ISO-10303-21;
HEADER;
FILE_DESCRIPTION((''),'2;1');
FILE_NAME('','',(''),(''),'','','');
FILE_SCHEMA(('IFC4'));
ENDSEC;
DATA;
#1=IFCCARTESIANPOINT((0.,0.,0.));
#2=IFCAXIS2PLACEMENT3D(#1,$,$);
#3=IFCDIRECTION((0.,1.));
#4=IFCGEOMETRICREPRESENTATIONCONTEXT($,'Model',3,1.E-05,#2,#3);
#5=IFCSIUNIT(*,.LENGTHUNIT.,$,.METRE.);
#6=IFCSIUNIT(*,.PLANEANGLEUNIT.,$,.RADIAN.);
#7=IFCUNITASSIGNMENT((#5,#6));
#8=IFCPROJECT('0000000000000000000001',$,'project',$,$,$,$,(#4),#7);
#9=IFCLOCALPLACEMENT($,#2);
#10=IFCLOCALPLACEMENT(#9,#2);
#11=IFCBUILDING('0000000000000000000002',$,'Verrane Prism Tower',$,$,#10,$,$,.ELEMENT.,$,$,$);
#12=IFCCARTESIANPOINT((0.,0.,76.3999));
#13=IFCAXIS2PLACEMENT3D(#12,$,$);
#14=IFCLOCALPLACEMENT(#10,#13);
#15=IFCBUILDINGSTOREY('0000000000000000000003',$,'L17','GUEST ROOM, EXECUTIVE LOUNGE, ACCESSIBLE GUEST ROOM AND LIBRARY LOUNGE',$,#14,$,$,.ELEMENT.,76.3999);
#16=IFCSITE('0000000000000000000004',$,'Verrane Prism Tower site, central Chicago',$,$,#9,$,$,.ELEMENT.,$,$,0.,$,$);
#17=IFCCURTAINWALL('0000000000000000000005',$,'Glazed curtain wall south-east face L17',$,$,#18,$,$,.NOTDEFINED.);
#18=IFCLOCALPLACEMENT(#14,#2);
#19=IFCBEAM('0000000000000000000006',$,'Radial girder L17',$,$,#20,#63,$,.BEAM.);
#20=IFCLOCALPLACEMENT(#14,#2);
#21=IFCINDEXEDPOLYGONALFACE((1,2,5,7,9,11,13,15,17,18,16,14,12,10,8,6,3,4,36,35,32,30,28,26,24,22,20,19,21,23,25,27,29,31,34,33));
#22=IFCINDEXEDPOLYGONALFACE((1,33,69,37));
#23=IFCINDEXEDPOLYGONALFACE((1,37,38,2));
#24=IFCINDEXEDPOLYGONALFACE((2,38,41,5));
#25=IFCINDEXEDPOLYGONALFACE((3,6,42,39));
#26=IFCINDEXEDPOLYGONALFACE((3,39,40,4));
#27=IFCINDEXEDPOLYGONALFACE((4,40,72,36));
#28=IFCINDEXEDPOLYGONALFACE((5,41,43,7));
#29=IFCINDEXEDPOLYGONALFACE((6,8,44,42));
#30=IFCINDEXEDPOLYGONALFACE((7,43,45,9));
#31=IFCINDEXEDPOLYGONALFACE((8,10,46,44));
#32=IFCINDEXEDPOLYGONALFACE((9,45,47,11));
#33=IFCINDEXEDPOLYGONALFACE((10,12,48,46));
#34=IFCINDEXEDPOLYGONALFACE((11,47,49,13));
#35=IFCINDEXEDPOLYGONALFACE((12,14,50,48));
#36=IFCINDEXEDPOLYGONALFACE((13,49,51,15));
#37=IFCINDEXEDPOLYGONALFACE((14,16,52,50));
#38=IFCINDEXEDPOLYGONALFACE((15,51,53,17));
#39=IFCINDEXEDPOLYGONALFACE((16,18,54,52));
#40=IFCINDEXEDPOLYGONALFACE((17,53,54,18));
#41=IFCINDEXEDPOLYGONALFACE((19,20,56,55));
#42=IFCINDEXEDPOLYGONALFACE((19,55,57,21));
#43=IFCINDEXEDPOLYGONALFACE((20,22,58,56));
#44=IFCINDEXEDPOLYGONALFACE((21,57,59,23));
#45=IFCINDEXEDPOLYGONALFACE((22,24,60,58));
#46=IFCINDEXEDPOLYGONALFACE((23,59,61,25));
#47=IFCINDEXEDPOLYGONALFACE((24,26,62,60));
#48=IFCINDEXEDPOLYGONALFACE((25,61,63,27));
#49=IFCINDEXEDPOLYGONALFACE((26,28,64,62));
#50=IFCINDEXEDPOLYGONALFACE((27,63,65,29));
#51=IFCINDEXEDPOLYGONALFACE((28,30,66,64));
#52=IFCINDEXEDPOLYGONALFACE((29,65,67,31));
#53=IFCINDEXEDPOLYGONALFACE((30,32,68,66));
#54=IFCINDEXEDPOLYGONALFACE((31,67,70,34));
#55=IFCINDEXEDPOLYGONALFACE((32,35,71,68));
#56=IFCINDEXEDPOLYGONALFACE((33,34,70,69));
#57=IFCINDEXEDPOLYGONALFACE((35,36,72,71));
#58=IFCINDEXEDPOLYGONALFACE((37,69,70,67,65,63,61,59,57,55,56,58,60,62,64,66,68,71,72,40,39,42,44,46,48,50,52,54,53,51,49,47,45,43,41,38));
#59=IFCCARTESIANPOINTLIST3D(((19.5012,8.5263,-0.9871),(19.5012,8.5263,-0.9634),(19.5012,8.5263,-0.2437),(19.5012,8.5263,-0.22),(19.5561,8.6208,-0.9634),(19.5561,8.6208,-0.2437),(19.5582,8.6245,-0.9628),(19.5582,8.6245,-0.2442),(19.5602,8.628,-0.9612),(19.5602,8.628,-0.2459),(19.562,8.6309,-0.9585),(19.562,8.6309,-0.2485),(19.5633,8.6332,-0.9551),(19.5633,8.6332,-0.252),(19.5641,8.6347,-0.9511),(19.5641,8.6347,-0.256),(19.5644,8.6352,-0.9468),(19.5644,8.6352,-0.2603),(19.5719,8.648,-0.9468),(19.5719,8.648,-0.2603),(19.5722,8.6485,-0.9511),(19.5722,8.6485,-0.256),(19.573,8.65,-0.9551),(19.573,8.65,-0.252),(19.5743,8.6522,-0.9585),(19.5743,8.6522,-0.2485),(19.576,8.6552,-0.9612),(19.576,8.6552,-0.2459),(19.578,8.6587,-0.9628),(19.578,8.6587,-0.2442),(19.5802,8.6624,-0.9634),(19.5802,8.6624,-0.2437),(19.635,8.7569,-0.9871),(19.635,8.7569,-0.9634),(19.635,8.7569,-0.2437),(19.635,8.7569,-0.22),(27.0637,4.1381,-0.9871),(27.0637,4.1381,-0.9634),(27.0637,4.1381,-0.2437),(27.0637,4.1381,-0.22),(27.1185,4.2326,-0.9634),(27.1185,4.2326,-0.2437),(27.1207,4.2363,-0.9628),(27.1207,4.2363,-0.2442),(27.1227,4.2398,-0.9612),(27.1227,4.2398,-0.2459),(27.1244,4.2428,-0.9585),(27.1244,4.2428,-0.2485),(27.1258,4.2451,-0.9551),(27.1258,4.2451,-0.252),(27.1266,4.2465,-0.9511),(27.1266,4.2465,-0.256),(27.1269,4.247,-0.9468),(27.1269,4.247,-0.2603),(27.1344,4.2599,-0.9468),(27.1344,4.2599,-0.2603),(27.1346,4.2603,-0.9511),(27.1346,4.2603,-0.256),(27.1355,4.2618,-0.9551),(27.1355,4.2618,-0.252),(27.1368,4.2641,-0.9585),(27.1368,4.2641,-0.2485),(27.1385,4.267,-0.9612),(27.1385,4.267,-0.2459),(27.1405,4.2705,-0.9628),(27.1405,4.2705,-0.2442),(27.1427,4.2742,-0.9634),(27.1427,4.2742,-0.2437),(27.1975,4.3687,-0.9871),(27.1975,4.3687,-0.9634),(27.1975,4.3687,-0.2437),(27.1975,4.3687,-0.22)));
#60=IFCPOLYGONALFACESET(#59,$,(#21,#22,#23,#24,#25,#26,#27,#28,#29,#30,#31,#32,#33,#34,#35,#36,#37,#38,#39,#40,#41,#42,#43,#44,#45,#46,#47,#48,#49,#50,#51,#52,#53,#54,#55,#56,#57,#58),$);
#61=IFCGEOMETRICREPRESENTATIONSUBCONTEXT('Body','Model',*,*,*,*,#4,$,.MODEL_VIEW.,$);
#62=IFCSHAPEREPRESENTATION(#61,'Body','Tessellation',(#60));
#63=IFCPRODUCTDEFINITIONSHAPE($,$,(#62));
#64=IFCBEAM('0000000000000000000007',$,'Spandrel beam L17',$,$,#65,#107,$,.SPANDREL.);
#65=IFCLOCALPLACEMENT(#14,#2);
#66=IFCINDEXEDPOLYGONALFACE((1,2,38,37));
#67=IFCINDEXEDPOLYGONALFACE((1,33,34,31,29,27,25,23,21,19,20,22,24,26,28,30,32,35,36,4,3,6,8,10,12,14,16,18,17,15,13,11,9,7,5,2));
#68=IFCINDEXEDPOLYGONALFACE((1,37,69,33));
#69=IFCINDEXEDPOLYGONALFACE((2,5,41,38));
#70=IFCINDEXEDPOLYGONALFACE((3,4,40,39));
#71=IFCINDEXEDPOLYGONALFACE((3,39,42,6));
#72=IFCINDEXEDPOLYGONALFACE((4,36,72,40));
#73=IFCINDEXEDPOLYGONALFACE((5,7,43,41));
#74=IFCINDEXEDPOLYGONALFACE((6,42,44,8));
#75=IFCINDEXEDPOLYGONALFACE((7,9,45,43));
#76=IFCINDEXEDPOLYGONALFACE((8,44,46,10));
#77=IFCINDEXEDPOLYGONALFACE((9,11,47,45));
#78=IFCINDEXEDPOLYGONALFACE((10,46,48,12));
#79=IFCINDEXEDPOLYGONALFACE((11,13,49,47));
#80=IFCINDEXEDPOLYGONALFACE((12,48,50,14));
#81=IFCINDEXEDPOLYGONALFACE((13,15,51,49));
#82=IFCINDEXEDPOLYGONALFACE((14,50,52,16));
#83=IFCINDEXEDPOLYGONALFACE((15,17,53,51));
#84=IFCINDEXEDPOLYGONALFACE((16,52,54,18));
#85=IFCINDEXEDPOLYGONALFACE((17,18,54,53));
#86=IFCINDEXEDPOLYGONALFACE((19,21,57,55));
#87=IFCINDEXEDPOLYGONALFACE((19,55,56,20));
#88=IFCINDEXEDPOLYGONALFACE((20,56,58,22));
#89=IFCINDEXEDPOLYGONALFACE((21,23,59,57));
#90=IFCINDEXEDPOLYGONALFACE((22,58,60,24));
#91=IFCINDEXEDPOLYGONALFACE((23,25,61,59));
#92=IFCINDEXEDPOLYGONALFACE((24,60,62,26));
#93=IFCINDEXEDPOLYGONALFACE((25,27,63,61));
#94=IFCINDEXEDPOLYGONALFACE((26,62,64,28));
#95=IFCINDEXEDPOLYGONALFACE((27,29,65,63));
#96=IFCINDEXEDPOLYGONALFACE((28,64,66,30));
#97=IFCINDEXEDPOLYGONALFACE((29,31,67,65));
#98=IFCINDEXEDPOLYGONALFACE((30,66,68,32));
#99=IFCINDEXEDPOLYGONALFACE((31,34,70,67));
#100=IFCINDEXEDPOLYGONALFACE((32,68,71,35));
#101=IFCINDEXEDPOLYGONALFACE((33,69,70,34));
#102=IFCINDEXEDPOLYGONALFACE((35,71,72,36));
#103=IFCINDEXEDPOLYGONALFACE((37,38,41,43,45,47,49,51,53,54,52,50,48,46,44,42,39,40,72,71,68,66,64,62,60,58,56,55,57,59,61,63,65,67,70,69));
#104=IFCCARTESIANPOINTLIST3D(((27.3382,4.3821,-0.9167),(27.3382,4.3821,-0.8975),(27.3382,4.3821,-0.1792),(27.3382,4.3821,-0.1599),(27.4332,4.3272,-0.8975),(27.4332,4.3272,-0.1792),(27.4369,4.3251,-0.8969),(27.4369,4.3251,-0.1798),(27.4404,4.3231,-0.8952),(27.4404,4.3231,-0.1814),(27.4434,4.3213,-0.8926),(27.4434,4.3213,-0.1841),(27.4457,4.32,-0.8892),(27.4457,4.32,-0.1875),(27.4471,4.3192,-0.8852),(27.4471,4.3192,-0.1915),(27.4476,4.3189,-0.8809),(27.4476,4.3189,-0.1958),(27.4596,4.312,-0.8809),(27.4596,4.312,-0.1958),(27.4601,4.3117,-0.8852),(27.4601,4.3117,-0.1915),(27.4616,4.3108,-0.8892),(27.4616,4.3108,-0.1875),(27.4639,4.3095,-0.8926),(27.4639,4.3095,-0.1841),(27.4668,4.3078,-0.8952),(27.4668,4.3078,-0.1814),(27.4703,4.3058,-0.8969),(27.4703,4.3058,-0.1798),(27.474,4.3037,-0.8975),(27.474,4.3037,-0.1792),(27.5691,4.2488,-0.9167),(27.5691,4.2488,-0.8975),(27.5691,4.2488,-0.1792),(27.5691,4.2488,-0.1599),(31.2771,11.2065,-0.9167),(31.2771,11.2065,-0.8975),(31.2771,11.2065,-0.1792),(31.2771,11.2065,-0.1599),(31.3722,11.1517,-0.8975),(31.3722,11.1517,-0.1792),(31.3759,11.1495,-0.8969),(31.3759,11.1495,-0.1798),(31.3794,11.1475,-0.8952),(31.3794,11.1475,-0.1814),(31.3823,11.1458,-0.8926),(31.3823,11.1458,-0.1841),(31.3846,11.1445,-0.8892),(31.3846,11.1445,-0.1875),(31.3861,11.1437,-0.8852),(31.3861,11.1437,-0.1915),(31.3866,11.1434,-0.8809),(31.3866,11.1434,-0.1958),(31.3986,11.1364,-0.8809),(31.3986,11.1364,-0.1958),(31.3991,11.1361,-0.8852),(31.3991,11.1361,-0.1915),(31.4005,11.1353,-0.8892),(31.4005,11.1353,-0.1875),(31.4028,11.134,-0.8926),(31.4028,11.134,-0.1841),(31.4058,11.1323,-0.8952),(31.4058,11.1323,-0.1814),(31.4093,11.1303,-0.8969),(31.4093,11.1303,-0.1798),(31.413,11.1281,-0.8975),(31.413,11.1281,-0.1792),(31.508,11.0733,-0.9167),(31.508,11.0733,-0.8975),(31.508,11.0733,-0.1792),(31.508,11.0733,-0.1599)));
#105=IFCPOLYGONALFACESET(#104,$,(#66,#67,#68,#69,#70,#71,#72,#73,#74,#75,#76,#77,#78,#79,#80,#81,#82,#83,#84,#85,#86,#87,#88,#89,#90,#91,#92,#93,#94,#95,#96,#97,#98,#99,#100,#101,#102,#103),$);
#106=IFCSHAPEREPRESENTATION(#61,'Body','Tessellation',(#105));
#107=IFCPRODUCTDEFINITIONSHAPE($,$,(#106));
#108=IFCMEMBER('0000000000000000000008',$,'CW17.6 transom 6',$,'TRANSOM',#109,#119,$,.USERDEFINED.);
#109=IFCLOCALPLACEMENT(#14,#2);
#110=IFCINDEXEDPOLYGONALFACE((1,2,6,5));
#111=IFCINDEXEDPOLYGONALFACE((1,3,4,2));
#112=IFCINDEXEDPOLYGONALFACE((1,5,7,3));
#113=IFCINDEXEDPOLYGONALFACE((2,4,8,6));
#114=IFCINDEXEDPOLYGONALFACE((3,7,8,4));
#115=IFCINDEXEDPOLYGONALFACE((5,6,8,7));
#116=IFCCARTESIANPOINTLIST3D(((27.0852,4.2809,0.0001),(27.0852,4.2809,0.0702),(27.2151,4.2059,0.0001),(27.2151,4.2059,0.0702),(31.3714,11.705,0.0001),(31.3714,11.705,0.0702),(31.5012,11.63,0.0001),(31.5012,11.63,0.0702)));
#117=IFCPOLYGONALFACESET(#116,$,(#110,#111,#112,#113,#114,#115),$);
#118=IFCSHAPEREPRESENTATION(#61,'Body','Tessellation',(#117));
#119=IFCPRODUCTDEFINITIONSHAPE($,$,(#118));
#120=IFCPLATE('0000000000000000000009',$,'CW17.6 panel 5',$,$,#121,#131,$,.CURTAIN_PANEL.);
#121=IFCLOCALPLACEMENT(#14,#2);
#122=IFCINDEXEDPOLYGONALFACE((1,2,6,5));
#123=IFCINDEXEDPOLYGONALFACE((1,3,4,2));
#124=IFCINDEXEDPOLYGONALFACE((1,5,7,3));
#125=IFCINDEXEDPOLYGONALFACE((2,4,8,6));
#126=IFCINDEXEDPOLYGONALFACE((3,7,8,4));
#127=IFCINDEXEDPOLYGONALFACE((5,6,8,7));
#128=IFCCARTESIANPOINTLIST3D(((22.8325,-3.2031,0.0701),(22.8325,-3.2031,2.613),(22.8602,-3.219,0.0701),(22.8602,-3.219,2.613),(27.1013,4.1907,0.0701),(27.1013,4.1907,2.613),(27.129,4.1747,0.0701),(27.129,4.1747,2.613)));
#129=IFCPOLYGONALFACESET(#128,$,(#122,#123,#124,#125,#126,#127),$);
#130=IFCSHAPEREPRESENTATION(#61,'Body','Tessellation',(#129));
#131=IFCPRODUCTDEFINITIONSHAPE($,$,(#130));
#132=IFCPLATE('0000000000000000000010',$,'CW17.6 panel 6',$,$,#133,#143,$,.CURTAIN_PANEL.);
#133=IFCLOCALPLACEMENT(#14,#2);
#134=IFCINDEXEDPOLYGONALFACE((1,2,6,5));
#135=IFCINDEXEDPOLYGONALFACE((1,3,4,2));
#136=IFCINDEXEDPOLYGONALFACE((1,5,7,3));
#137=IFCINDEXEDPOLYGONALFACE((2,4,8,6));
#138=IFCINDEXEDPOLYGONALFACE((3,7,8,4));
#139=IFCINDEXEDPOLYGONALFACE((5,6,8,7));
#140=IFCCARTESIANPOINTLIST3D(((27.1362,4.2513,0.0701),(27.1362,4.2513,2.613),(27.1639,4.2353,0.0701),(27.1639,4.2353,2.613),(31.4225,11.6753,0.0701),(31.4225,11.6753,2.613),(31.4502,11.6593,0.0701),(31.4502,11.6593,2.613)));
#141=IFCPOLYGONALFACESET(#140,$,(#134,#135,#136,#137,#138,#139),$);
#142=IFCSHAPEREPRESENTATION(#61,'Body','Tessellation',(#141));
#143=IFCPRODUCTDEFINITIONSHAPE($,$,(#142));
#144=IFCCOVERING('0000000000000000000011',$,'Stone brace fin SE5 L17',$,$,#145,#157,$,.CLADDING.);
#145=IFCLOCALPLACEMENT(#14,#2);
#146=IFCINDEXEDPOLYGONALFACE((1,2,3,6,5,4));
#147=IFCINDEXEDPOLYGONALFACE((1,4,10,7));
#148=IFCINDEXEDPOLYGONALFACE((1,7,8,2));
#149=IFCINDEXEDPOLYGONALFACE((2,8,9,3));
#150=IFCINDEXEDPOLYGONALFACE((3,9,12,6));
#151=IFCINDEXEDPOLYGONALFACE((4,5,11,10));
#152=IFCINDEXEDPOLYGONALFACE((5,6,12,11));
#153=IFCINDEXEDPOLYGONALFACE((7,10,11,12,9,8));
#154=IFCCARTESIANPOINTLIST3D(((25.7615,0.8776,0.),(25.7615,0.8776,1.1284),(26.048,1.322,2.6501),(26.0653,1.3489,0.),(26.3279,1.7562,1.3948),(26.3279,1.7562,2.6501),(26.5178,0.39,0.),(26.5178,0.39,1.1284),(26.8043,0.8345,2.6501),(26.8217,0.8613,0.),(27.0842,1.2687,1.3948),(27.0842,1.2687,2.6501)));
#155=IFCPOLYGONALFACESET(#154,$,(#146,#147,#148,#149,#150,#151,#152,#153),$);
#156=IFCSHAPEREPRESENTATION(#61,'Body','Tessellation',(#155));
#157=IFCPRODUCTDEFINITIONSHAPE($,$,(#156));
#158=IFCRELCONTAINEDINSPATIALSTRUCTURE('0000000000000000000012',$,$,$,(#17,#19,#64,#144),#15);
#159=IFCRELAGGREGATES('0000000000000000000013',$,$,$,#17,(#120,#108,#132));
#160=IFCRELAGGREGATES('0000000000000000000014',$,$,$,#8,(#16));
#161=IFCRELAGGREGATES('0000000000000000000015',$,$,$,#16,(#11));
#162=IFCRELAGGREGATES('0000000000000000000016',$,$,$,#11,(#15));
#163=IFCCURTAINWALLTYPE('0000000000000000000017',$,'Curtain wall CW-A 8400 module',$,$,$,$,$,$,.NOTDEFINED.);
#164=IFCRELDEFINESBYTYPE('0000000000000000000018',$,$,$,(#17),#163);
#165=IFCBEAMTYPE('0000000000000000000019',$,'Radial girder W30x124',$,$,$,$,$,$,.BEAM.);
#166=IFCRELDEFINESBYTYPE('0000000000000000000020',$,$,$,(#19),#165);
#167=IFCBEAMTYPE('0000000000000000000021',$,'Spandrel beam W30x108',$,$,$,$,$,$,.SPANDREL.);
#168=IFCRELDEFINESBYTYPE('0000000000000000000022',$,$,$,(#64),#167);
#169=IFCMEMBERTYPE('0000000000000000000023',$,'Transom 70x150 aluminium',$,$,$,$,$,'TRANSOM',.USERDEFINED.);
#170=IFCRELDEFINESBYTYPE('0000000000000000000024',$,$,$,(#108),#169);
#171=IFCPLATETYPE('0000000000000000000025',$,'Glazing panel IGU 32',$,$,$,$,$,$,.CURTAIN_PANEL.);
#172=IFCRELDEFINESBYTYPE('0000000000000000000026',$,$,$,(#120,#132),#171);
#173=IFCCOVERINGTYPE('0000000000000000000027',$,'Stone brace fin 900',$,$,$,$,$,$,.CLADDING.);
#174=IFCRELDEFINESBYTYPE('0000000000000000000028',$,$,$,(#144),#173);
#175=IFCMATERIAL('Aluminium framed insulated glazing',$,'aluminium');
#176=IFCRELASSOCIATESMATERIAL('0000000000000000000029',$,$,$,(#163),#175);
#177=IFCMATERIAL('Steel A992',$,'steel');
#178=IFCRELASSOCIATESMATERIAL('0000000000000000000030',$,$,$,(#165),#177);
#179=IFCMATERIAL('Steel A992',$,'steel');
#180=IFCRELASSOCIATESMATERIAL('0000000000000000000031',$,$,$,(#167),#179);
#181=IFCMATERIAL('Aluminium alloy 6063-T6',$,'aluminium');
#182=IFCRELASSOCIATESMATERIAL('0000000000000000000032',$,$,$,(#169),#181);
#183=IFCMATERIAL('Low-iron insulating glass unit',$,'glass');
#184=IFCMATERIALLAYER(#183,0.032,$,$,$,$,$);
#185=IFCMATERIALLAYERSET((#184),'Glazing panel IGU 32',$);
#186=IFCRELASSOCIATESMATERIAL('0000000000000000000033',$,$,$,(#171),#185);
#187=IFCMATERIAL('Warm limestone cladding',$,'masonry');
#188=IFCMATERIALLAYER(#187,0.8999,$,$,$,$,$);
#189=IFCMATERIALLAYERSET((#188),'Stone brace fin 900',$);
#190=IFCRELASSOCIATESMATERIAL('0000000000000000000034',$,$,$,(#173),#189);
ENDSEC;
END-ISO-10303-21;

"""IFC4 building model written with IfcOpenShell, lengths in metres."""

from ifc_helpers import new_model, si_unit, direction, frame, origin, origin_2d, place, context, subcontext, project, spatial, polyline, rectangle, i_section, outline, extrude, material, layer, layer_set, material_profile, profile_set, type_object, element, aggregate, save


model = new_model("IFC4")

# Units and contexts
model_context = context("Model", 3, precision=1e-05, world=origin(), true_north=direction((0.0, 1.0)))
body_context = subcontext(model_context, "Body", "Model", "MODEL_VIEW")
ifc_project = project(units=[si_unit("LENGTHUNIT", "METRE"), si_unit("PLANEANGLEUNIT", "RADIAN")], contexts=[model_context])

# Site, building, storey
site_placement = place(None, origin())
site = spatial("IfcSite", under=ifc_project, at=site_placement, Name="Verrane Prism Tower site, central Chicago", CompositionType="ELEMENT", RefElevation=0.0)
building_placement = place(site_placement, origin())
building = spatial("IfcBuilding", under=site, at=building_placement, Name="Verrane Prism Tower", CompositionType="ELEMENT")
storey_placement = place(building_placement, frame((0.0, 0.0, 76.3999)))
storey = spatial("IfcBuildingStorey", under=building, at=storey_placement, Name="L17", Description="GUEST ROOM, EXECUTIVE LOUNGE, ACCESSIBLE GUEST ROOM AND LIBRARY LOUNGE", CompositionType="ELEMENT", Elevation=76.3999)

# Curtain wall
ifc_material_1 = material(Name="Aluminium framed insulated glazing", Category="aluminium")
curtain_wall_type = type_object("IfcCurtainWallType", Name="Curtain wall CW-A 8400 module", PredefinedType="NOTDEFINED", material=ifc_material_1)
curtain_wall_placement = place(storey_placement, origin())
curtain_wall = element("IfcCurtainWall", 1, at=curtain_wall_placement, inside=storey, type_object=curtain_wall_type, Name="Glazed curtain wall south-east face L17", PredefinedType="NOTDEFINED")

# Beams
ifc_material_2 = material(Name="Steel A992", Category="steel")
ifc_material_profile_1 = material_profile(ifc_material_2, i_section(OverallWidth=0.2666, OverallDepth=0.7671, WebThickness=0.0149, FlangeThickness=0.0237, FilletRadius=0.0166, at=origin_2d()), Name="W30x124")
ifc_profile_set_1 = profile_set([ifc_material_profile_1], Name="Steel A992")
beam_type_1 = type_object("IfcBeamType", Name="Radial girder W30x124", PredefinedType="BEAM", material=ifc_profile_set_1)
beam_1_placement = place(storey_placement, frame((27.1306, 4.2534, -0.6035), z_axis=(-0.864935, 0.501884, 0.0), x_axis=(-0.501884, -0.864935, 0.0)))
element("IfcBeam", 2, at=beam_1_placement, inside=storey, type_object=beam_type_1, Name="Radial girder L17", PredefinedType="BEAM", context=body_context, shape_type="SweptSolid", body=[
    extrude(i_section(OverallWidth=0.2666, OverallDepth=0.7671, WebThickness=0.0149, FlangeThickness=0.0237, FilletRadius=0.0166, at=origin_2d()), origin(), (0.0, 0.0, 1.0), 8.7434),
])
ifc_material_3 = material(Name="Steel A992", Category="steel")
ifc_material_profile_2 = material_profile(ifc_material_3, i_section(OverallWidth=0.2666, OverallDepth=0.7568, WebThickness=0.0139, FlangeThickness=0.0193, FilletRadius=0.0166, at=origin_2d()), Name="W30x108")
ifc_profile_set_2 = profile_set([ifc_material_profile_2], Name="Steel A992")
beam_type_2 = type_object("IfcBeamType", Name="Spandrel beam W30x108", PredefinedType="SPANDREL", material=ifc_profile_set_2)
beam_2_placement = place(storey_placement, frame((27.4536, 4.3154, -0.5383), z_axis=(0.499891, 0.866088, 0.0), x_axis=(-0.866088, 0.499891, 0.0)))
element("IfcBeam", 3, at=beam_2_placement, inside=storey, type_object=beam_type_2, Name="Spandrel beam L17", PredefinedType="SPANDREL", context=body_context, shape_type="SweptSolid", body=[
    extrude(i_section(OverallWidth=0.2666, OverallDepth=0.7568, WebThickness=0.0139, FlangeThickness=0.0193, FilletRadius=0.0166, at=origin_2d()), origin(), (0.0, 0.0, 1.0), 7.8796),
])

# Member
ifc_material_4 = material(Name="Aluminium alloy 6063-T6", Category="aluminium")
ifc_material_profile_3 = material_profile(ifc_material_4, rectangle(XDim=0.1499, YDim=0.0701, at=origin_2d()), Name="Transom 70x150 aluminium")
ifc_profile_set_3 = profile_set([ifc_material_profile_3], Name="Aluminium alloy 6063-T6")
member_type_1 = type_object("IfcMemberType", Name="Transom 70x150 aluminium", ElementType="TRANSOM", PredefinedType="USERDEFINED", material=ifc_profile_set_3)
member_1_placement = place(storey_placement, frame((27.1501, 4.2434, 0.0352), z_axis=(0.499986, 0.866033, 0.0), x_axis=(-0.866033, 0.499986, 0.0)))
member_1 = element("IfcMember", 4, at=member_1_placement, type_object=member_type_1, Name="CW17.6 transom 6", ObjectType="TRANSOM", PredefinedType="USERDEFINED", context=body_context, shape_type="SweptSolid", body=[
    extrude(rectangle(XDim=0.1499, YDim=0.0701, at=origin_2d()), origin(), (0.0, 0.0, 1.0), 8.5725),
])

# Plates
ifc_material_5 = material(Name="Low-iron insulating glass unit", Category="glass")
ifc_layer_1 = layer(ifc_material_5, 0.032)
ifc_layer_set_1 = layer_set([ifc_layer_1], Name="Glazing panel IGU 32")
plate_type = type_object("IfcPlateType", Name="Glazing panel IGU 32", PredefinedType="CURTAIN_PANEL", material=ifc_layer_set_1)
plate_1_placement = place(storey_placement, frame((24.9807, 0.4858, 0.0701), z_axis=(0.0, 0.0, 1.0), x_axis=(0.499999, 0.866026, 0.0)))
plate_1 = element("IfcPlate", 5, at=plate_1_placement, type_object=plate_type, Name="CW17.6 panel 5", PredefinedType="CURTAIN_PANEL", context=body_context, shape_type="SweptSolid", body=[
    extrude(rectangle(XDim=8.5376, YDim=0.032, at=origin_2d()), origin(), (0.0, 0.0, 1.0), 2.543),
])
plate_2_placement = place(storey_placement, frame((29.2932, 7.9553, 0.0701), z_axis=(0.0, 0.0, 1.0), x_axis=(0.499999, 0.866026, 0.0)))
plate_2 = element("IfcPlate", 6, at=plate_2_placement, type_object=plate_type, Name="CW17.6 panel 6", PredefinedType="CURTAIN_PANEL", context=body_context, shape_type="SweptSolid", body=[
    extrude(rectangle(XDim=8.5725, YDim=0.032, at=origin_2d()), origin(), (0.0, 0.0, 1.0), 2.543),
])
aggregate(curtain_wall, [plate_1, member_1, plate_2])

# Covering
ifc_material_6 = material(Name="Warm limestone cladding", Category="masonry")
ifc_layer_2 = layer(ifc_material_6, 0.8999)
ifc_layer_set_2 = layer_set([ifc_layer_2], Name="Stone brace fin 900")
covering_type = type_object("IfcCoveringType", Name="Stone brace fin 900", PredefinedType="CLADDING", material=ifc_layer_set_2)
covering_placement = place(storey_placement, frame((26.1396, 0.6338, 0.0), z_axis=(0.0, 0.0, 1.0), x_axis=(0.541808, 0.840502, 0.0)))
element("IfcCovering", 7, at=covering_placement, inside=storey, type_object=covering_type, Name="Stone brace fin SE5 L17", PredefinedType="CLADDING", context=body_context, shape_type="SweptSolid", body=[
    extrude(outline(polyline([(1.0454, 2.6501), (0.5288, 2.6501), (0.0, 1.1284), (0.0, 0.0), (0.5608, 0.0), (1.0454, 1.3948), (1.0454, 2.6501)])), frame((0.0, 0.45, 0.0), z_axis=(0.0, -1.0, 0.0), x_axis=(1.0, 0.0, 0.0)), (0.0, 0.0, 1.0), 0.8999),
])

save(model, "model.ifc")
